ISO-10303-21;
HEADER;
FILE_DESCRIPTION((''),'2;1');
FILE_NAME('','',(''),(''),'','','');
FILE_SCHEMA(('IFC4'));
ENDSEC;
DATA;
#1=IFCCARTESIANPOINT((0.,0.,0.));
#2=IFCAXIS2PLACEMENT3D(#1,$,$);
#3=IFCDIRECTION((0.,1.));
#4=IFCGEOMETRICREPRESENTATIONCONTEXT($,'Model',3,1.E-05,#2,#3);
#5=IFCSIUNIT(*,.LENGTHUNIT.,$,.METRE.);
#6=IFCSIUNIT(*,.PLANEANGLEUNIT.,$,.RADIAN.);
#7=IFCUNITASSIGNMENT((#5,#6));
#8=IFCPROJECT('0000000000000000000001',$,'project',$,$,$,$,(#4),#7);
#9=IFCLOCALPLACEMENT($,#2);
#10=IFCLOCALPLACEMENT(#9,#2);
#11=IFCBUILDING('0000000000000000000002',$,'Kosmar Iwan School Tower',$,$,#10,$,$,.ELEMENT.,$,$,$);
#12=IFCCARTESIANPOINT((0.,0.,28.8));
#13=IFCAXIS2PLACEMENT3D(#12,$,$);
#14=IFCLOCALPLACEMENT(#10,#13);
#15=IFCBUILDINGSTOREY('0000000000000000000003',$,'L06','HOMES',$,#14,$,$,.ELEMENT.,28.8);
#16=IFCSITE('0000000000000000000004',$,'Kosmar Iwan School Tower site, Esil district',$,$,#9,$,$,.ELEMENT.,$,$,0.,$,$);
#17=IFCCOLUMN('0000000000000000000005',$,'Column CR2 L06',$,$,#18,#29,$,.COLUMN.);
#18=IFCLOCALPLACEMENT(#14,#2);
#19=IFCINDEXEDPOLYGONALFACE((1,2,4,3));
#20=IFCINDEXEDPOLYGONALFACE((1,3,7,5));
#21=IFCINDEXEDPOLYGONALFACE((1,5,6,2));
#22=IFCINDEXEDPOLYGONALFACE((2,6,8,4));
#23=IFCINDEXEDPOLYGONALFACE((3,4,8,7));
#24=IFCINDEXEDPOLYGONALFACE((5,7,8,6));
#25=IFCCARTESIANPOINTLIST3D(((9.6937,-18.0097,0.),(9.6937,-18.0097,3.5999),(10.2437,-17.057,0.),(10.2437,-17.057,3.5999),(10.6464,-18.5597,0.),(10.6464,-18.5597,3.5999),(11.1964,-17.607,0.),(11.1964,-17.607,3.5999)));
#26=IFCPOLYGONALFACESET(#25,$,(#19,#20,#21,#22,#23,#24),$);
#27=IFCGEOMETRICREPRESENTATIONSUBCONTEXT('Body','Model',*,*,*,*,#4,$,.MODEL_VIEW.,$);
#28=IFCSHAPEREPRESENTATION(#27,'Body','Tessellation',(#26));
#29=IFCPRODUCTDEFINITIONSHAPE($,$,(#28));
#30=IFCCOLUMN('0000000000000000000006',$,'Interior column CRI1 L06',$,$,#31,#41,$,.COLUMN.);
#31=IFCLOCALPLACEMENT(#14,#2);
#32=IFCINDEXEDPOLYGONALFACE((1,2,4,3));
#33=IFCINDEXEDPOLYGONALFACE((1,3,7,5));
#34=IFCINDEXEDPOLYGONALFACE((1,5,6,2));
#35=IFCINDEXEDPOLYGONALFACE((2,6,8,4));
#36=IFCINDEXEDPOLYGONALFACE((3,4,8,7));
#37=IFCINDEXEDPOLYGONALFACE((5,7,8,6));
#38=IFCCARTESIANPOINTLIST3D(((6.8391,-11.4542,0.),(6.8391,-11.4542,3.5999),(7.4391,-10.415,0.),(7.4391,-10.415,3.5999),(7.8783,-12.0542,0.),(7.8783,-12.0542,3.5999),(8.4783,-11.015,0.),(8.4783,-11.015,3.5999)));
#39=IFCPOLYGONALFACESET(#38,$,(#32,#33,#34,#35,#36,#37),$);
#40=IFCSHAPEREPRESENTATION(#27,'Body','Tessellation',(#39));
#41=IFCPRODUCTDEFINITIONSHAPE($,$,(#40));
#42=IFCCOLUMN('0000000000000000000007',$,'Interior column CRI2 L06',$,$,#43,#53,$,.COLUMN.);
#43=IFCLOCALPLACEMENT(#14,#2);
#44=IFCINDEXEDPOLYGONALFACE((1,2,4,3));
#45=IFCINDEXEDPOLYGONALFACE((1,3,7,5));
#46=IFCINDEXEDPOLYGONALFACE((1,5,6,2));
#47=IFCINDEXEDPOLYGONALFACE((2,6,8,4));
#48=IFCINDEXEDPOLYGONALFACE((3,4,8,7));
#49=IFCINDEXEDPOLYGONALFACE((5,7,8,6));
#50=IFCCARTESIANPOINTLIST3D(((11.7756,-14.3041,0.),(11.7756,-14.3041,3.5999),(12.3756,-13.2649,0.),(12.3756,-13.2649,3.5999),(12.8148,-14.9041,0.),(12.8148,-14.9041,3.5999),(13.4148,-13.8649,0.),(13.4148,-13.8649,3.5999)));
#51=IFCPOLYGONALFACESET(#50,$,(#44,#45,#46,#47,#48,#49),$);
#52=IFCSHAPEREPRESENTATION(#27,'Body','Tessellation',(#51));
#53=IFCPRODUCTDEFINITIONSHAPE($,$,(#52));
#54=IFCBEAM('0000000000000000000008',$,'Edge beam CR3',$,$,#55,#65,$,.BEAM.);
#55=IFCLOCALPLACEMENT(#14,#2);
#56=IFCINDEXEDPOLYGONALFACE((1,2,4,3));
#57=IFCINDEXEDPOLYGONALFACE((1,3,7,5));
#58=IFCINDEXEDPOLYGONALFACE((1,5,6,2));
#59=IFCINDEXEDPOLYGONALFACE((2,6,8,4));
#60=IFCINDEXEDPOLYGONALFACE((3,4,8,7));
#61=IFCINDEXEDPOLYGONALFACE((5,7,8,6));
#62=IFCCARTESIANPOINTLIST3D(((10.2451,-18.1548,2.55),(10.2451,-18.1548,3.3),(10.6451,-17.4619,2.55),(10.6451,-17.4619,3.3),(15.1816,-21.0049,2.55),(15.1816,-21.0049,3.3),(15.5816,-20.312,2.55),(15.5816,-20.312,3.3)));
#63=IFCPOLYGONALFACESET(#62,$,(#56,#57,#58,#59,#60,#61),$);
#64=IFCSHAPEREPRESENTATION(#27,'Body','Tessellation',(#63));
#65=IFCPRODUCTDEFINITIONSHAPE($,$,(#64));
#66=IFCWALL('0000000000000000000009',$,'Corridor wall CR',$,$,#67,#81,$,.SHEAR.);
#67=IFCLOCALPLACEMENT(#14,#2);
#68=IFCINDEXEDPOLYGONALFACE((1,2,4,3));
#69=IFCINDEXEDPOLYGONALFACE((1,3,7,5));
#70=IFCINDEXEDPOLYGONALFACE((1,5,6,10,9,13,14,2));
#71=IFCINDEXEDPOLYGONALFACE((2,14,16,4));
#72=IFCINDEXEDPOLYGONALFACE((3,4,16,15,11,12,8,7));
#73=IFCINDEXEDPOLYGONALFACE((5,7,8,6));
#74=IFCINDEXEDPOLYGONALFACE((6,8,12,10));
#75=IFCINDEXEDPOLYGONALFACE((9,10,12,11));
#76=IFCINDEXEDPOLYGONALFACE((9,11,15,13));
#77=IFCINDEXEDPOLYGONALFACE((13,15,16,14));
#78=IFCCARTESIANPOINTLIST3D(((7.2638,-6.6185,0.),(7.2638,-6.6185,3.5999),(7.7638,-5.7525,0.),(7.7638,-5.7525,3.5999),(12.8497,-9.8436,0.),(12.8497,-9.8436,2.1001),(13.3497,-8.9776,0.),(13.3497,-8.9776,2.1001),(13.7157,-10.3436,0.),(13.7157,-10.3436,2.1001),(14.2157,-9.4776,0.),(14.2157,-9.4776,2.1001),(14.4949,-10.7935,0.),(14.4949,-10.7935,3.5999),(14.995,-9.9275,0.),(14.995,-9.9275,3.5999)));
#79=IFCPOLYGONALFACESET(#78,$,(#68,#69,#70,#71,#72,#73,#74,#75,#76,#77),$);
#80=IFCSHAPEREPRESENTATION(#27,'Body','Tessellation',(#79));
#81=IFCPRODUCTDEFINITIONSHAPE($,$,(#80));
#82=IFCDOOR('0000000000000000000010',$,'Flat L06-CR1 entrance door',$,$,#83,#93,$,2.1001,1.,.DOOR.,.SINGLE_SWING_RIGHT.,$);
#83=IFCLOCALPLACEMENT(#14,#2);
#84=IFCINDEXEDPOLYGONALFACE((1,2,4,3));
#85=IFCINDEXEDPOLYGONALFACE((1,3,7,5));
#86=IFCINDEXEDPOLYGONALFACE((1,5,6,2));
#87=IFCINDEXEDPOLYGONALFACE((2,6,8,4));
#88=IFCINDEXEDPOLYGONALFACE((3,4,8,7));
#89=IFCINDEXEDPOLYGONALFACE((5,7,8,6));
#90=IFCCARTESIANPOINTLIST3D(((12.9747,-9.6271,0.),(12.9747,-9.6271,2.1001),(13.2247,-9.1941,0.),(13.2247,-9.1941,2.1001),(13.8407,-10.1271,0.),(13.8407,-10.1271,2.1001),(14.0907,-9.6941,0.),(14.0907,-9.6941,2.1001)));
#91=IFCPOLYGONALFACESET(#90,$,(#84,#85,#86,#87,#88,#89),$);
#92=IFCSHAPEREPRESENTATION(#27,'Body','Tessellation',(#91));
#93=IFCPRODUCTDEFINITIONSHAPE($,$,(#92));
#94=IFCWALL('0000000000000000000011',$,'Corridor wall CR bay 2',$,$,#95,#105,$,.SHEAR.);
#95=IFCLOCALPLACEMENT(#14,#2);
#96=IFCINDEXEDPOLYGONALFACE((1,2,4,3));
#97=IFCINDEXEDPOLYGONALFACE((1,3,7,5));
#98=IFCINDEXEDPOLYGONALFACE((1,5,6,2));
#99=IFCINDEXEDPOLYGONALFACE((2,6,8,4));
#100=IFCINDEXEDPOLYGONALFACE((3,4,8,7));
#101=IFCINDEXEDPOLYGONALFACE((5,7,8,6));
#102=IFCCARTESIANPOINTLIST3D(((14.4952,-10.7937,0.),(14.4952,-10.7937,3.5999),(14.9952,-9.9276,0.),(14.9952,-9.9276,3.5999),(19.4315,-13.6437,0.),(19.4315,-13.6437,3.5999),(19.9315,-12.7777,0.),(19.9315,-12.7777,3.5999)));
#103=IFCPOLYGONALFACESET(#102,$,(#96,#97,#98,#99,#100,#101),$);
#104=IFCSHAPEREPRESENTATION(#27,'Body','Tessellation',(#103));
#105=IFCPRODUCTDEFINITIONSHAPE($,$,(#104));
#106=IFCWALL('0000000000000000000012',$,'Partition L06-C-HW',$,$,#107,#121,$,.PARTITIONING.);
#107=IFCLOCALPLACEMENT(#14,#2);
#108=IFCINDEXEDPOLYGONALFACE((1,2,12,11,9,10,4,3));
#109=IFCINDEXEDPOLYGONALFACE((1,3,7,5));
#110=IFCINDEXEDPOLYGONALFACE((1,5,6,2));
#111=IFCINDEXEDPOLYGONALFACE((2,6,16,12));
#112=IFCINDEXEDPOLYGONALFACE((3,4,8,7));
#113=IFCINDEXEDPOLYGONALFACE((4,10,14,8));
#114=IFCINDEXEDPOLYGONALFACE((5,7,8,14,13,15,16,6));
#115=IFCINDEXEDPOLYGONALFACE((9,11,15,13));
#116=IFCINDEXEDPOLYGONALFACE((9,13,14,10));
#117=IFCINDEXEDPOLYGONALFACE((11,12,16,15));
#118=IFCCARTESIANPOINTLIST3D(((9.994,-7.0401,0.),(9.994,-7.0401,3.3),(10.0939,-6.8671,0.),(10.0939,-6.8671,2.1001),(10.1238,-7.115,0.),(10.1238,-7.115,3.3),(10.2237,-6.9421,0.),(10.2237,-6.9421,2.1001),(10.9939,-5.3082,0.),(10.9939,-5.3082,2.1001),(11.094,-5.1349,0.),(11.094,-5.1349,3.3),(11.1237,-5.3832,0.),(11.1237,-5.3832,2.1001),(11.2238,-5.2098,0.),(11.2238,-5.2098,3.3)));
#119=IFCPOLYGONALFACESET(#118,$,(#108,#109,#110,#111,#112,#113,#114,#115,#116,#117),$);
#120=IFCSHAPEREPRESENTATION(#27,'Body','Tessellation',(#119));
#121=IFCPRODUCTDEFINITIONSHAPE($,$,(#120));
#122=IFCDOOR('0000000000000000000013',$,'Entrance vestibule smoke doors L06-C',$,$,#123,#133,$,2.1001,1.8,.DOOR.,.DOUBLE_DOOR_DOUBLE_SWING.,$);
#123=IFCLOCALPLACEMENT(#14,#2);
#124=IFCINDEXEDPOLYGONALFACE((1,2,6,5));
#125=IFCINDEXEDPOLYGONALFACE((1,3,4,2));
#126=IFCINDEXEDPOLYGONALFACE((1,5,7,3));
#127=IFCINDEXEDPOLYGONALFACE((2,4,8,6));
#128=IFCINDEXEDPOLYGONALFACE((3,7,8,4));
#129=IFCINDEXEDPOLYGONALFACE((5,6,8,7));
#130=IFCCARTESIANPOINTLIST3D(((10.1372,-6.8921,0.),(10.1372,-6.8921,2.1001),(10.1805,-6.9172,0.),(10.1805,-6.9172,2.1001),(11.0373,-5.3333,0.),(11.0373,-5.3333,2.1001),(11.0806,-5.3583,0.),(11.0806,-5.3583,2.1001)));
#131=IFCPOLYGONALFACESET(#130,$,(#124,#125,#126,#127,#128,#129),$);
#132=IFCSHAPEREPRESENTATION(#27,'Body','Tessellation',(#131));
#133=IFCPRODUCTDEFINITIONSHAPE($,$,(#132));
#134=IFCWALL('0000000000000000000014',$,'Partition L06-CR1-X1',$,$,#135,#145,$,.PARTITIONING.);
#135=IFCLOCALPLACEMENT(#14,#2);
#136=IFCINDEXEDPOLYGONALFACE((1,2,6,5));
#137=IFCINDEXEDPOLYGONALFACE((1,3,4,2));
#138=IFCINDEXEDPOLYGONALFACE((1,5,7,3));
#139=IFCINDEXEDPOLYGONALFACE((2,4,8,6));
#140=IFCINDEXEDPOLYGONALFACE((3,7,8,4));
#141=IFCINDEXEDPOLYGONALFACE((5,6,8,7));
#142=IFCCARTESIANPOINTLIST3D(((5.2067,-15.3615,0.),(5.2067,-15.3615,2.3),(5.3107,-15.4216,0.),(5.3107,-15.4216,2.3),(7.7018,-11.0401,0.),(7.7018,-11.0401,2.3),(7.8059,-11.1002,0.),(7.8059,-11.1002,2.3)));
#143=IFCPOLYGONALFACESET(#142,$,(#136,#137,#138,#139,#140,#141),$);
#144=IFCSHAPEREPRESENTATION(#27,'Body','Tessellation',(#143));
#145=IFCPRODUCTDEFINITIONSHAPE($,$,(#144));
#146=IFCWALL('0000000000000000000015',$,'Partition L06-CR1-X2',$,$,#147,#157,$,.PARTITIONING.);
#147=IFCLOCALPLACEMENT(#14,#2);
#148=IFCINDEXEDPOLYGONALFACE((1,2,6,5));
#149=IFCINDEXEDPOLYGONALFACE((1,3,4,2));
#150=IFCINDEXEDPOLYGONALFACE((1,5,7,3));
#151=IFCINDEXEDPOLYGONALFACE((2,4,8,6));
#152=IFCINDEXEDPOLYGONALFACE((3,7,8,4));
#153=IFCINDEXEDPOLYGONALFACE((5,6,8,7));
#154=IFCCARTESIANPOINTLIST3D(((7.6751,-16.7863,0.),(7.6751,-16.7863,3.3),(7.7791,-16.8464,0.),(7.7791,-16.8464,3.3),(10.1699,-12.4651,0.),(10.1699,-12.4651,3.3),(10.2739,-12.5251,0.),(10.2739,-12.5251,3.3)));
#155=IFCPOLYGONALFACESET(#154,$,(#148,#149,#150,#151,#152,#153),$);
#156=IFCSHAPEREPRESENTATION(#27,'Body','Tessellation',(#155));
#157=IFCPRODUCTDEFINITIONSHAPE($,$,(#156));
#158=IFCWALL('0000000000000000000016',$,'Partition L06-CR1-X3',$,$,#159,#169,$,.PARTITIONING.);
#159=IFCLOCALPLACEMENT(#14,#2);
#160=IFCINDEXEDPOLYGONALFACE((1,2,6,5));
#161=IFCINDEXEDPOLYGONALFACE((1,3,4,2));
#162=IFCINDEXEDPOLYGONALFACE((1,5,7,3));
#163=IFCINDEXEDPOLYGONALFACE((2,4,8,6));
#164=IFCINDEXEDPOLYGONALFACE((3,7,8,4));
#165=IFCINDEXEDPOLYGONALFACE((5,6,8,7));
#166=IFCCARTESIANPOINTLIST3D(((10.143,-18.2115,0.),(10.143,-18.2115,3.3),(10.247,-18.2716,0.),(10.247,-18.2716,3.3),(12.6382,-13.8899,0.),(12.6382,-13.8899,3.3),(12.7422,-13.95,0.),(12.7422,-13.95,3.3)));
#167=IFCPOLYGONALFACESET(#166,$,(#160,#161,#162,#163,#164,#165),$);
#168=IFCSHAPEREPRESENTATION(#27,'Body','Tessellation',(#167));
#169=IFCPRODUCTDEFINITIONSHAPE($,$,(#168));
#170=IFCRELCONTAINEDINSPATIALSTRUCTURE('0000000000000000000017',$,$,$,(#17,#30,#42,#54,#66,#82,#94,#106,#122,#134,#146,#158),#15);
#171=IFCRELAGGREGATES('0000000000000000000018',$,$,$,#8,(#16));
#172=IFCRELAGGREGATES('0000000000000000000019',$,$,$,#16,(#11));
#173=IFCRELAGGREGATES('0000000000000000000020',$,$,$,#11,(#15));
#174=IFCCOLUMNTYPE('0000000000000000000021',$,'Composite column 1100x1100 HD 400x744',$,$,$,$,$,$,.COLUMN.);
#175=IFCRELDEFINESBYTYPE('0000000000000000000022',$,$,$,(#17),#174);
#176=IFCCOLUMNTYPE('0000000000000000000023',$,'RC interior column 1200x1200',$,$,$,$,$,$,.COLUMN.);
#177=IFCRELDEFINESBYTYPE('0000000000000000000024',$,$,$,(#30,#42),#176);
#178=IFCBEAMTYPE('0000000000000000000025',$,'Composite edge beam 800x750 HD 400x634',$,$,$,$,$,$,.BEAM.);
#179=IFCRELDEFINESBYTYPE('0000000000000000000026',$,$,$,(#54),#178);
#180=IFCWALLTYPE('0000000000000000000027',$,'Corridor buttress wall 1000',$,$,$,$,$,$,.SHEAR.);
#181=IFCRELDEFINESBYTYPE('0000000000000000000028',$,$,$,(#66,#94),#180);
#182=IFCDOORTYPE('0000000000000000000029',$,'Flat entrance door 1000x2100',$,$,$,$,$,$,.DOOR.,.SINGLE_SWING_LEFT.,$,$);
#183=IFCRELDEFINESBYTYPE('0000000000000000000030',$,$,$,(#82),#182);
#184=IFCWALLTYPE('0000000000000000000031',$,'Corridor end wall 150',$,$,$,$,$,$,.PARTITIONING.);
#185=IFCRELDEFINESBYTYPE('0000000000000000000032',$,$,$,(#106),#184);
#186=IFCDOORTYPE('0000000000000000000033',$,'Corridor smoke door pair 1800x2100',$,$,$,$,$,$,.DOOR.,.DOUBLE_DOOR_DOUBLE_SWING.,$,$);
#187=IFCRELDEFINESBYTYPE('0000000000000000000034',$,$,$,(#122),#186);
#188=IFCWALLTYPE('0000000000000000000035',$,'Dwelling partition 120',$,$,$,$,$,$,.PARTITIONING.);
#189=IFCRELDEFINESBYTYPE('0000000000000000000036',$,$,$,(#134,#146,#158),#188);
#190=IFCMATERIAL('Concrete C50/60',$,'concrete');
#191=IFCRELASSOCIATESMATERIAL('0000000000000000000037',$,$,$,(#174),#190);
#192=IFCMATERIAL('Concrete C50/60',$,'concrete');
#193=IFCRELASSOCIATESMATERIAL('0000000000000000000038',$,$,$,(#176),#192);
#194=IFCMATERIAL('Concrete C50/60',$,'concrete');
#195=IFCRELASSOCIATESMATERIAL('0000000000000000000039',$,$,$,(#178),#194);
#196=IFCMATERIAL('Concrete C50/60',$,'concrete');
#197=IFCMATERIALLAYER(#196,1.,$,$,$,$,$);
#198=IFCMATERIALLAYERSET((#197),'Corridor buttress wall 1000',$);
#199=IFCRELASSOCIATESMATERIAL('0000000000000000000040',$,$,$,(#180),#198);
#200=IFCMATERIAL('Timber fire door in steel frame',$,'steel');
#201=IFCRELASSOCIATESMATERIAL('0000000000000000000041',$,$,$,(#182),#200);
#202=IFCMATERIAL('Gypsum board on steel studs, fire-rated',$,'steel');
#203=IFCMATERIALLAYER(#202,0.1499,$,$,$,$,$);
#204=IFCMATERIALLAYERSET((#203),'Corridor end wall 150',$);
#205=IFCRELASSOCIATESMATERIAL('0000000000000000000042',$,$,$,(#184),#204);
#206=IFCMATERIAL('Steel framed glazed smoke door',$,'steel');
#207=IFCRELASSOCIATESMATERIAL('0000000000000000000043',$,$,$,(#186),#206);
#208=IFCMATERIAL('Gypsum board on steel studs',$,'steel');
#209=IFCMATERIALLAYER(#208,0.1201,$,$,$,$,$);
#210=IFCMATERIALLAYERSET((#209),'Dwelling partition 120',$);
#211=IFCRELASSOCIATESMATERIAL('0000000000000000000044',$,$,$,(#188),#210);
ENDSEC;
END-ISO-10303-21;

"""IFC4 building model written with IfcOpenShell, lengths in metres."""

from ifc_helpers import new_model, si_unit, direction, frame, frame_2d, origin, origin_2d, place, context, subcontext, project, spatial, rectangle, extrude, material, layer, layer_set, material_profile, profile_set, type_object, element, fill, save


model = new_model("IFC4")

# Units and contexts
model_context = context("Model", 3, precision=1e-05, world=origin(), true_north=direction((0.0, 1.0)))
body_context = subcontext(model_context, "Body", "Model", "MODEL_VIEW")
ifc_project = project(units=[si_unit("LENGTHUNIT", "METRE"), si_unit("PLANEANGLEUNIT", "RADIAN")], contexts=[model_context])

# Site, building, storey
site_placement = place(None, origin())
site = spatial("IfcSite", under=ifc_project, at=site_placement, Name="Kosmar Iwan School Tower site, Esil district", CompositionType="ELEMENT", RefElevation=0.0)
building_placement = place(site_placement, origin())
building = spatial("IfcBuilding", under=site, at=building_placement, Name="Kosmar Iwan School Tower", CompositionType="ELEMENT")
storey_placement = place(building_placement, frame((0.0, 0.0, 28.8)))
storey = spatial("IfcBuildingStorey", under=building, at=storey_placement, Name="L06", Description="HOMES", CompositionType="ELEMENT", Elevation=28.8)

# Columns
ifc_material_1 = material(Name="Concrete C50/60", Category="concrete")
ifc_material_profile_1 = material_profile(ifc_material_1, rectangle(XDim=1.1001, YDim=1.1001, at=origin_2d()), Name="RC 1100x1100 + HD 400x744")
ifc_profile_set_1 = profile_set([ifc_material_profile_1], Name="Concrete C50/60")
column_type_1 = type_object("IfcColumnType", Name="Composite column 1100x1100 HD 400x744", PredefinedType="COLUMN", material=ifc_profile_set_1)
column_placement = place(storey_placement, frame((10.4451, -17.8083, 0.0), z_axis=(0.0, 0.0, 1.0), x_axis=(0.866025, -0.5, 0.0)))
element("IfcColumn", 1, at=column_placement, inside=storey, type_object=column_type_1, Name="Column CR2 L06", PredefinedType="COLUMN", context=body_context, shape_type="SweptSolid", body=[
    extrude(rectangle(XDim=1.1001, YDim=1.1001, at=origin_2d()), origin(), (0.0, 0.0, 1.0), 3.5999),
])
ifc_material_2 = material(Name="Concrete C50/60", Category="concrete")
ifc_material_profile_2 = material_profile(ifc_material_2, rectangle(XDim=1.2, YDim=1.2, at=origin_2d()), Name="RC 1200x1200")
ifc_profile_set_2 = profile_set([ifc_material_profile_2], Name="Concrete C50/60")
column_type_2 = type_object("IfcColumnType", Name="RC interior column 1200x1200", PredefinedType="COLUMN", material=ifc_profile_set_2)
for number, where, z_axis, x_axis, name in (
    (2, (7.6587, -11.2346, 0.0), (0.0, 0.0, 1.0), (0.866025, -0.5, 0.0), "Interior column CRI1 L06"),
    (3, (12.5952, -14.0845, 0.0), (0.0, 0.0, 1.0), (0.866025, -0.5, 0.0), "Interior column CRI2 L06"),
):
    element("IfcColumn", number, at=place(storey_placement, frame(where, z_axis=z_axis, x_axis=x_axis)), inside=storey, type_object=column_type_2, Name=name, PredefinedType="COLUMN", context=body_context, shape_type="SweptSolid", body=[
        extrude(rectangle(XDim=1.2, YDim=1.2, at=origin_2d()), origin(), (0.0, 0.0, 1.0), 3.5999),
    ])

# Beam
ifc_material_3 = material(Name="Concrete C50/60", Category="concrete")
ifc_material_profile_3 = material_profile(ifc_material_3, rectangle(XDim=0.8, YDim=0.75, at=origin_2d()), Name="RC 800x750 + HD 400x634")
ifc_profile_set_3 = profile_set([ifc_material_profile_3], Name="Concrete C50/60")
beam_type = type_object("IfcBeamType", Name="Composite edge beam 800x750 HD 400x634", PredefinedType="BEAM", material=ifc_profile_set_3)
beam_placement = place(storey_placement, frame((10.4451, -17.8083, 2.925), z_axis=(0.866026, -0.499999, 0.0), x_axis=(0.499999, 0.866026, 0.0)))
element("IfcBeam", 4, at=beam_placement, inside=storey, type_object=beam_type, Name="Edge beam CR3", PredefinedType="BEAM", context=body_context, shape_type="SweptSolid", body=[
    extrude(rectangle(XDim=0.8, YDim=0.75, at=origin_2d()), origin(), (0.0, 0.0, 1.0), 5.7002),
])

# Wall, opening, door
ifc_material_4 = material(Name="Concrete C50/60", Category="concrete")
ifc_layer_1 = layer(ifc_material_4, 1.0)
ifc_layer_set_1 = layer_set([ifc_layer_1], Name="Corridor buttress wall 1000")
wall_type_1 = type_object("IfcWallType", Name="Corridor buttress wall 1000", PredefinedType="SHEAR", material=ifc_layer_set_1)
wall_1_placement = place(storey_placement, frame((7.5139, -6.1855, 0.0), z_axis=(0.0, 0.0, 1.0), x_axis=(0.86602, -0.50001, 0.0)))
wall_1 = element("IfcWall", 5, at=wall_1_placement, inside=storey, type_object=wall_type_1, Name="Corridor wall CR", PredefinedType="SHEAR", context=body_context, shape_type="SweptSolid", body=[
    extrude(rectangle(XDim=8.3499, YDim=1.0, at=frame_2d((4.1748, 0.0))), origin(), (0.0, 0.0, 1.0), 3.5999),
])
opening_1_placement = place(wall_1_placement, frame((6.45, 0.0, 0.0)))
opening_1 = element("IfcOpeningElement", 6, at=opening_1_placement, cuts=wall_1, PredefinedType="OPENING", context=body_context, shape_type="SweptSolid", body=[
    extrude(rectangle(XDim=1.0, YDim=2.1001, at=frame_2d((0.5, 1.05))), frame((0.0, 0.512, 0.0), z_axis=(0.0, -1.0, 0.0), x_axis=(1.0, 0.0, 0.0)), (0.0, 0.0, 1.0), 1.0239),
])
ifc_material_5 = material(Name="Timber fire door in steel frame", Category="steel")
door_type_1 = type_object("IfcDoorType", Name="Flat entrance door 1000x2100", OperationType="SINGLE_SWING_LEFT", PredefinedType="DOOR", material=ifc_material_5)
door_1_placement = place(opening_1_placement, origin())
door_1 = element("IfcDoor", 7, at=door_1_placement, inside=storey, type_object=door_type_1, Name="Flat L06-CR1 entrance door", OperationType="SINGLE_SWING_RIGHT", OverallHeight=2.1001, OverallWidth=1.0, PredefinedType="DOOR", context=body_context, shape_type="SweptSolid", body=[
    extrude(rectangle(XDim=1.0, YDim=2.1001, at=frame_2d((0.5, 1.05))), frame((0.0, 0.25, 0.0), z_axis=(0.0, -1.0, 0.0), x_axis=(1.0, 0.0, 0.0)), (0.0, 0.0, 1.0), 0.5),
])
fill(opening_1, door_1)

# Wall
wall_2_placement = place(storey_placement, frame((14.7451, -10.3606, 0.0), z_axis=(0.0, 0.0, 1.0), x_axis=(0.866015, -0.500018, 0.0)))
element("IfcWall", 8, at=wall_2_placement, inside=storey, type_object=wall_type_1, Name="Corridor wall CR bay 2", PredefinedType="SHEAR", context=body_context, shape_type="SweptSolid", body=[
    extrude(rectangle(XDim=5.7, YDim=1.0, at=frame_2d((2.8501, 0.0))), origin(), (0.0, 0.0, 1.0), 3.5999),
])

# Wall, opening, door
ifc_material_6 = material(Name="Gypsum board on steel studs, fire-rated", Category="steel")
ifc_layer_2 = layer(ifc_material_6, 0.1499)
ifc_layer_set_2 = layer_set([ifc_layer_2], Name="Corridor end wall 150")
wall_type_2 = type_object("IfcWallType", Name="Corridor end wall 150", PredefinedType="PARTITIONING", material=ifc_layer_set_2)
wall_3_placement = place(storey_placement, frame((10.0588, -7.0776, 0.0), z_axis=(0.0, 0.0, 1.0), x_axis=(0.50003, 0.866008, 0.0)))
wall_3 = element("IfcWall", 9, at=wall_3_placement, inside=storey, type_object=wall_type_2, Name="Partition L06-C-HW", PredefinedType="PARTITIONING", context=body_context, shape_type="SweptSolid", body=[
    extrude(rectangle(XDim=2.2, YDim=0.1499, at=frame_2d((1.1001, 0.0))), origin(), (0.0, 0.0, 1.0), 3.3),
])
opening_2_placement = place(wall_3_placement, frame((0.2, 0.0, 0.0)))
opening_2 = element("IfcOpeningElement", 10, at=opening_2_placement, cuts=wall_3, PredefinedType="OPENING", context=body_context, shape_type="SweptSolid", body=[
    extrude(rectangle(XDim=1.8, YDim=2.1001, at=frame_2d((0.8999, 1.05))), frame((0.0, 0.0869, 0.0), z_axis=(0.0, -1.0, 0.0), x_axis=(1.0, 0.0, 0.0)), (0.0, 0.0, 1.0), 0.1738),
])
ifc_material_7 = material(Name="Steel framed glazed smoke door", Category="steel")
door_type_2 = type_object("IfcDoorType", Name="Corridor smoke door pair 1800x2100", OperationType="DOUBLE_DOOR_DOUBLE_SWING", PredefinedType="DOOR", material=ifc_material_7)
door_2_placement = place(opening_2_placement, origin())
door_2 = element("IfcDoor", 11, at=door_2_placement, inside=storey, type_object=door_type_2, Name="Entrance vestibule smoke doors L06-C", OperationType="DOUBLE_DOOR_DOUBLE_SWING", OverallHeight=2.1001, OverallWidth=1.8, PredefinedType="DOOR", context=body_context, shape_type="SweptSolid", body=[
    extrude(rectangle(XDim=1.8, YDim=2.1001, at=frame_2d((0.8999, 1.05))), frame((0.0, 0.0249, 0.0), z_axis=(0.0, -1.0, 0.0), x_axis=(1.0, 0.0, 0.0)), (0.0, 0.0, 1.0), 0.05),
])
fill(opening_2, door_2)

# Walls
ifc_material_8 = material(Name="Gypsum board on steel studs", Category="steel")
ifc_layer_3 = layer(ifc_material_8, 0.1201)
ifc_layer_set_3 = layer_set([ifc_layer_3], Name="Dwelling partition 120")
wall_type_3 = type_object("IfcWallType", Name="Dwelling partition 120", PredefinedType="PARTITIONING", material=ifc_layer_set_3)
wall_4_placement = place(storey_placement, frame((7.7539, -11.0701, 0.0), z_axis=(0.0, 0.0, 1.0), x_axis=(-0.500033, -0.866006, 0.0)))
element("IfcWall", 12, at=wall_4_placement, inside=storey, type_object=wall_type_3, Name="Partition L06-CR1-X1", PredefinedType="PARTITIONING", context=body_context, shape_type="SweptSolid", body=[
    extrude(rectangle(XDim=4.99, YDim=0.1201, at=frame_2d((2.4951, 0.0))), origin(), (0.0, 0.0, 1.0), 2.3),
])
wall_5_placement = place(storey_placement, frame((10.2219, -12.4951, 0.0), z_axis=(0.0, 0.0, 1.0), x_axis=(-0.499996, -0.866028, 0.0)))
element("IfcWall", 13, at=wall_5_placement, inside=storey, type_object=wall_type_3, Name="Partition L06-CR1-X2", PredefinedType="PARTITIONING", context=body_context, shape_type="SweptSolid", body=[
    extrude(rectangle(XDim=4.9897, YDim=0.1201, at=frame_2d((2.4949, 0.0))), origin(), (0.0, 0.0, 1.0), 3.3),
])
wall_6_placement = place(storey_placement, frame((12.6902, -13.9199, 0.0), z_axis=(0.0, 0.0, 1.0), x_axis=(-0.500012, -0.866019, 0.0)))
element("IfcWall", 14, at=wall_6_placement, inside=storey, type_object=wall_type_3, Name="Partition L06-CR1-X3", PredefinedType="PARTITIONING", context=body_context, shape_type="SweptSolid", body=[
    extrude(rectangle(XDim=4.9902, YDim=0.1201, at=frame_2d((2.4951, 0.0))), origin(), (0.0, 0.0, 1.0), 3.3),
])

save(model, "model.ifc")
